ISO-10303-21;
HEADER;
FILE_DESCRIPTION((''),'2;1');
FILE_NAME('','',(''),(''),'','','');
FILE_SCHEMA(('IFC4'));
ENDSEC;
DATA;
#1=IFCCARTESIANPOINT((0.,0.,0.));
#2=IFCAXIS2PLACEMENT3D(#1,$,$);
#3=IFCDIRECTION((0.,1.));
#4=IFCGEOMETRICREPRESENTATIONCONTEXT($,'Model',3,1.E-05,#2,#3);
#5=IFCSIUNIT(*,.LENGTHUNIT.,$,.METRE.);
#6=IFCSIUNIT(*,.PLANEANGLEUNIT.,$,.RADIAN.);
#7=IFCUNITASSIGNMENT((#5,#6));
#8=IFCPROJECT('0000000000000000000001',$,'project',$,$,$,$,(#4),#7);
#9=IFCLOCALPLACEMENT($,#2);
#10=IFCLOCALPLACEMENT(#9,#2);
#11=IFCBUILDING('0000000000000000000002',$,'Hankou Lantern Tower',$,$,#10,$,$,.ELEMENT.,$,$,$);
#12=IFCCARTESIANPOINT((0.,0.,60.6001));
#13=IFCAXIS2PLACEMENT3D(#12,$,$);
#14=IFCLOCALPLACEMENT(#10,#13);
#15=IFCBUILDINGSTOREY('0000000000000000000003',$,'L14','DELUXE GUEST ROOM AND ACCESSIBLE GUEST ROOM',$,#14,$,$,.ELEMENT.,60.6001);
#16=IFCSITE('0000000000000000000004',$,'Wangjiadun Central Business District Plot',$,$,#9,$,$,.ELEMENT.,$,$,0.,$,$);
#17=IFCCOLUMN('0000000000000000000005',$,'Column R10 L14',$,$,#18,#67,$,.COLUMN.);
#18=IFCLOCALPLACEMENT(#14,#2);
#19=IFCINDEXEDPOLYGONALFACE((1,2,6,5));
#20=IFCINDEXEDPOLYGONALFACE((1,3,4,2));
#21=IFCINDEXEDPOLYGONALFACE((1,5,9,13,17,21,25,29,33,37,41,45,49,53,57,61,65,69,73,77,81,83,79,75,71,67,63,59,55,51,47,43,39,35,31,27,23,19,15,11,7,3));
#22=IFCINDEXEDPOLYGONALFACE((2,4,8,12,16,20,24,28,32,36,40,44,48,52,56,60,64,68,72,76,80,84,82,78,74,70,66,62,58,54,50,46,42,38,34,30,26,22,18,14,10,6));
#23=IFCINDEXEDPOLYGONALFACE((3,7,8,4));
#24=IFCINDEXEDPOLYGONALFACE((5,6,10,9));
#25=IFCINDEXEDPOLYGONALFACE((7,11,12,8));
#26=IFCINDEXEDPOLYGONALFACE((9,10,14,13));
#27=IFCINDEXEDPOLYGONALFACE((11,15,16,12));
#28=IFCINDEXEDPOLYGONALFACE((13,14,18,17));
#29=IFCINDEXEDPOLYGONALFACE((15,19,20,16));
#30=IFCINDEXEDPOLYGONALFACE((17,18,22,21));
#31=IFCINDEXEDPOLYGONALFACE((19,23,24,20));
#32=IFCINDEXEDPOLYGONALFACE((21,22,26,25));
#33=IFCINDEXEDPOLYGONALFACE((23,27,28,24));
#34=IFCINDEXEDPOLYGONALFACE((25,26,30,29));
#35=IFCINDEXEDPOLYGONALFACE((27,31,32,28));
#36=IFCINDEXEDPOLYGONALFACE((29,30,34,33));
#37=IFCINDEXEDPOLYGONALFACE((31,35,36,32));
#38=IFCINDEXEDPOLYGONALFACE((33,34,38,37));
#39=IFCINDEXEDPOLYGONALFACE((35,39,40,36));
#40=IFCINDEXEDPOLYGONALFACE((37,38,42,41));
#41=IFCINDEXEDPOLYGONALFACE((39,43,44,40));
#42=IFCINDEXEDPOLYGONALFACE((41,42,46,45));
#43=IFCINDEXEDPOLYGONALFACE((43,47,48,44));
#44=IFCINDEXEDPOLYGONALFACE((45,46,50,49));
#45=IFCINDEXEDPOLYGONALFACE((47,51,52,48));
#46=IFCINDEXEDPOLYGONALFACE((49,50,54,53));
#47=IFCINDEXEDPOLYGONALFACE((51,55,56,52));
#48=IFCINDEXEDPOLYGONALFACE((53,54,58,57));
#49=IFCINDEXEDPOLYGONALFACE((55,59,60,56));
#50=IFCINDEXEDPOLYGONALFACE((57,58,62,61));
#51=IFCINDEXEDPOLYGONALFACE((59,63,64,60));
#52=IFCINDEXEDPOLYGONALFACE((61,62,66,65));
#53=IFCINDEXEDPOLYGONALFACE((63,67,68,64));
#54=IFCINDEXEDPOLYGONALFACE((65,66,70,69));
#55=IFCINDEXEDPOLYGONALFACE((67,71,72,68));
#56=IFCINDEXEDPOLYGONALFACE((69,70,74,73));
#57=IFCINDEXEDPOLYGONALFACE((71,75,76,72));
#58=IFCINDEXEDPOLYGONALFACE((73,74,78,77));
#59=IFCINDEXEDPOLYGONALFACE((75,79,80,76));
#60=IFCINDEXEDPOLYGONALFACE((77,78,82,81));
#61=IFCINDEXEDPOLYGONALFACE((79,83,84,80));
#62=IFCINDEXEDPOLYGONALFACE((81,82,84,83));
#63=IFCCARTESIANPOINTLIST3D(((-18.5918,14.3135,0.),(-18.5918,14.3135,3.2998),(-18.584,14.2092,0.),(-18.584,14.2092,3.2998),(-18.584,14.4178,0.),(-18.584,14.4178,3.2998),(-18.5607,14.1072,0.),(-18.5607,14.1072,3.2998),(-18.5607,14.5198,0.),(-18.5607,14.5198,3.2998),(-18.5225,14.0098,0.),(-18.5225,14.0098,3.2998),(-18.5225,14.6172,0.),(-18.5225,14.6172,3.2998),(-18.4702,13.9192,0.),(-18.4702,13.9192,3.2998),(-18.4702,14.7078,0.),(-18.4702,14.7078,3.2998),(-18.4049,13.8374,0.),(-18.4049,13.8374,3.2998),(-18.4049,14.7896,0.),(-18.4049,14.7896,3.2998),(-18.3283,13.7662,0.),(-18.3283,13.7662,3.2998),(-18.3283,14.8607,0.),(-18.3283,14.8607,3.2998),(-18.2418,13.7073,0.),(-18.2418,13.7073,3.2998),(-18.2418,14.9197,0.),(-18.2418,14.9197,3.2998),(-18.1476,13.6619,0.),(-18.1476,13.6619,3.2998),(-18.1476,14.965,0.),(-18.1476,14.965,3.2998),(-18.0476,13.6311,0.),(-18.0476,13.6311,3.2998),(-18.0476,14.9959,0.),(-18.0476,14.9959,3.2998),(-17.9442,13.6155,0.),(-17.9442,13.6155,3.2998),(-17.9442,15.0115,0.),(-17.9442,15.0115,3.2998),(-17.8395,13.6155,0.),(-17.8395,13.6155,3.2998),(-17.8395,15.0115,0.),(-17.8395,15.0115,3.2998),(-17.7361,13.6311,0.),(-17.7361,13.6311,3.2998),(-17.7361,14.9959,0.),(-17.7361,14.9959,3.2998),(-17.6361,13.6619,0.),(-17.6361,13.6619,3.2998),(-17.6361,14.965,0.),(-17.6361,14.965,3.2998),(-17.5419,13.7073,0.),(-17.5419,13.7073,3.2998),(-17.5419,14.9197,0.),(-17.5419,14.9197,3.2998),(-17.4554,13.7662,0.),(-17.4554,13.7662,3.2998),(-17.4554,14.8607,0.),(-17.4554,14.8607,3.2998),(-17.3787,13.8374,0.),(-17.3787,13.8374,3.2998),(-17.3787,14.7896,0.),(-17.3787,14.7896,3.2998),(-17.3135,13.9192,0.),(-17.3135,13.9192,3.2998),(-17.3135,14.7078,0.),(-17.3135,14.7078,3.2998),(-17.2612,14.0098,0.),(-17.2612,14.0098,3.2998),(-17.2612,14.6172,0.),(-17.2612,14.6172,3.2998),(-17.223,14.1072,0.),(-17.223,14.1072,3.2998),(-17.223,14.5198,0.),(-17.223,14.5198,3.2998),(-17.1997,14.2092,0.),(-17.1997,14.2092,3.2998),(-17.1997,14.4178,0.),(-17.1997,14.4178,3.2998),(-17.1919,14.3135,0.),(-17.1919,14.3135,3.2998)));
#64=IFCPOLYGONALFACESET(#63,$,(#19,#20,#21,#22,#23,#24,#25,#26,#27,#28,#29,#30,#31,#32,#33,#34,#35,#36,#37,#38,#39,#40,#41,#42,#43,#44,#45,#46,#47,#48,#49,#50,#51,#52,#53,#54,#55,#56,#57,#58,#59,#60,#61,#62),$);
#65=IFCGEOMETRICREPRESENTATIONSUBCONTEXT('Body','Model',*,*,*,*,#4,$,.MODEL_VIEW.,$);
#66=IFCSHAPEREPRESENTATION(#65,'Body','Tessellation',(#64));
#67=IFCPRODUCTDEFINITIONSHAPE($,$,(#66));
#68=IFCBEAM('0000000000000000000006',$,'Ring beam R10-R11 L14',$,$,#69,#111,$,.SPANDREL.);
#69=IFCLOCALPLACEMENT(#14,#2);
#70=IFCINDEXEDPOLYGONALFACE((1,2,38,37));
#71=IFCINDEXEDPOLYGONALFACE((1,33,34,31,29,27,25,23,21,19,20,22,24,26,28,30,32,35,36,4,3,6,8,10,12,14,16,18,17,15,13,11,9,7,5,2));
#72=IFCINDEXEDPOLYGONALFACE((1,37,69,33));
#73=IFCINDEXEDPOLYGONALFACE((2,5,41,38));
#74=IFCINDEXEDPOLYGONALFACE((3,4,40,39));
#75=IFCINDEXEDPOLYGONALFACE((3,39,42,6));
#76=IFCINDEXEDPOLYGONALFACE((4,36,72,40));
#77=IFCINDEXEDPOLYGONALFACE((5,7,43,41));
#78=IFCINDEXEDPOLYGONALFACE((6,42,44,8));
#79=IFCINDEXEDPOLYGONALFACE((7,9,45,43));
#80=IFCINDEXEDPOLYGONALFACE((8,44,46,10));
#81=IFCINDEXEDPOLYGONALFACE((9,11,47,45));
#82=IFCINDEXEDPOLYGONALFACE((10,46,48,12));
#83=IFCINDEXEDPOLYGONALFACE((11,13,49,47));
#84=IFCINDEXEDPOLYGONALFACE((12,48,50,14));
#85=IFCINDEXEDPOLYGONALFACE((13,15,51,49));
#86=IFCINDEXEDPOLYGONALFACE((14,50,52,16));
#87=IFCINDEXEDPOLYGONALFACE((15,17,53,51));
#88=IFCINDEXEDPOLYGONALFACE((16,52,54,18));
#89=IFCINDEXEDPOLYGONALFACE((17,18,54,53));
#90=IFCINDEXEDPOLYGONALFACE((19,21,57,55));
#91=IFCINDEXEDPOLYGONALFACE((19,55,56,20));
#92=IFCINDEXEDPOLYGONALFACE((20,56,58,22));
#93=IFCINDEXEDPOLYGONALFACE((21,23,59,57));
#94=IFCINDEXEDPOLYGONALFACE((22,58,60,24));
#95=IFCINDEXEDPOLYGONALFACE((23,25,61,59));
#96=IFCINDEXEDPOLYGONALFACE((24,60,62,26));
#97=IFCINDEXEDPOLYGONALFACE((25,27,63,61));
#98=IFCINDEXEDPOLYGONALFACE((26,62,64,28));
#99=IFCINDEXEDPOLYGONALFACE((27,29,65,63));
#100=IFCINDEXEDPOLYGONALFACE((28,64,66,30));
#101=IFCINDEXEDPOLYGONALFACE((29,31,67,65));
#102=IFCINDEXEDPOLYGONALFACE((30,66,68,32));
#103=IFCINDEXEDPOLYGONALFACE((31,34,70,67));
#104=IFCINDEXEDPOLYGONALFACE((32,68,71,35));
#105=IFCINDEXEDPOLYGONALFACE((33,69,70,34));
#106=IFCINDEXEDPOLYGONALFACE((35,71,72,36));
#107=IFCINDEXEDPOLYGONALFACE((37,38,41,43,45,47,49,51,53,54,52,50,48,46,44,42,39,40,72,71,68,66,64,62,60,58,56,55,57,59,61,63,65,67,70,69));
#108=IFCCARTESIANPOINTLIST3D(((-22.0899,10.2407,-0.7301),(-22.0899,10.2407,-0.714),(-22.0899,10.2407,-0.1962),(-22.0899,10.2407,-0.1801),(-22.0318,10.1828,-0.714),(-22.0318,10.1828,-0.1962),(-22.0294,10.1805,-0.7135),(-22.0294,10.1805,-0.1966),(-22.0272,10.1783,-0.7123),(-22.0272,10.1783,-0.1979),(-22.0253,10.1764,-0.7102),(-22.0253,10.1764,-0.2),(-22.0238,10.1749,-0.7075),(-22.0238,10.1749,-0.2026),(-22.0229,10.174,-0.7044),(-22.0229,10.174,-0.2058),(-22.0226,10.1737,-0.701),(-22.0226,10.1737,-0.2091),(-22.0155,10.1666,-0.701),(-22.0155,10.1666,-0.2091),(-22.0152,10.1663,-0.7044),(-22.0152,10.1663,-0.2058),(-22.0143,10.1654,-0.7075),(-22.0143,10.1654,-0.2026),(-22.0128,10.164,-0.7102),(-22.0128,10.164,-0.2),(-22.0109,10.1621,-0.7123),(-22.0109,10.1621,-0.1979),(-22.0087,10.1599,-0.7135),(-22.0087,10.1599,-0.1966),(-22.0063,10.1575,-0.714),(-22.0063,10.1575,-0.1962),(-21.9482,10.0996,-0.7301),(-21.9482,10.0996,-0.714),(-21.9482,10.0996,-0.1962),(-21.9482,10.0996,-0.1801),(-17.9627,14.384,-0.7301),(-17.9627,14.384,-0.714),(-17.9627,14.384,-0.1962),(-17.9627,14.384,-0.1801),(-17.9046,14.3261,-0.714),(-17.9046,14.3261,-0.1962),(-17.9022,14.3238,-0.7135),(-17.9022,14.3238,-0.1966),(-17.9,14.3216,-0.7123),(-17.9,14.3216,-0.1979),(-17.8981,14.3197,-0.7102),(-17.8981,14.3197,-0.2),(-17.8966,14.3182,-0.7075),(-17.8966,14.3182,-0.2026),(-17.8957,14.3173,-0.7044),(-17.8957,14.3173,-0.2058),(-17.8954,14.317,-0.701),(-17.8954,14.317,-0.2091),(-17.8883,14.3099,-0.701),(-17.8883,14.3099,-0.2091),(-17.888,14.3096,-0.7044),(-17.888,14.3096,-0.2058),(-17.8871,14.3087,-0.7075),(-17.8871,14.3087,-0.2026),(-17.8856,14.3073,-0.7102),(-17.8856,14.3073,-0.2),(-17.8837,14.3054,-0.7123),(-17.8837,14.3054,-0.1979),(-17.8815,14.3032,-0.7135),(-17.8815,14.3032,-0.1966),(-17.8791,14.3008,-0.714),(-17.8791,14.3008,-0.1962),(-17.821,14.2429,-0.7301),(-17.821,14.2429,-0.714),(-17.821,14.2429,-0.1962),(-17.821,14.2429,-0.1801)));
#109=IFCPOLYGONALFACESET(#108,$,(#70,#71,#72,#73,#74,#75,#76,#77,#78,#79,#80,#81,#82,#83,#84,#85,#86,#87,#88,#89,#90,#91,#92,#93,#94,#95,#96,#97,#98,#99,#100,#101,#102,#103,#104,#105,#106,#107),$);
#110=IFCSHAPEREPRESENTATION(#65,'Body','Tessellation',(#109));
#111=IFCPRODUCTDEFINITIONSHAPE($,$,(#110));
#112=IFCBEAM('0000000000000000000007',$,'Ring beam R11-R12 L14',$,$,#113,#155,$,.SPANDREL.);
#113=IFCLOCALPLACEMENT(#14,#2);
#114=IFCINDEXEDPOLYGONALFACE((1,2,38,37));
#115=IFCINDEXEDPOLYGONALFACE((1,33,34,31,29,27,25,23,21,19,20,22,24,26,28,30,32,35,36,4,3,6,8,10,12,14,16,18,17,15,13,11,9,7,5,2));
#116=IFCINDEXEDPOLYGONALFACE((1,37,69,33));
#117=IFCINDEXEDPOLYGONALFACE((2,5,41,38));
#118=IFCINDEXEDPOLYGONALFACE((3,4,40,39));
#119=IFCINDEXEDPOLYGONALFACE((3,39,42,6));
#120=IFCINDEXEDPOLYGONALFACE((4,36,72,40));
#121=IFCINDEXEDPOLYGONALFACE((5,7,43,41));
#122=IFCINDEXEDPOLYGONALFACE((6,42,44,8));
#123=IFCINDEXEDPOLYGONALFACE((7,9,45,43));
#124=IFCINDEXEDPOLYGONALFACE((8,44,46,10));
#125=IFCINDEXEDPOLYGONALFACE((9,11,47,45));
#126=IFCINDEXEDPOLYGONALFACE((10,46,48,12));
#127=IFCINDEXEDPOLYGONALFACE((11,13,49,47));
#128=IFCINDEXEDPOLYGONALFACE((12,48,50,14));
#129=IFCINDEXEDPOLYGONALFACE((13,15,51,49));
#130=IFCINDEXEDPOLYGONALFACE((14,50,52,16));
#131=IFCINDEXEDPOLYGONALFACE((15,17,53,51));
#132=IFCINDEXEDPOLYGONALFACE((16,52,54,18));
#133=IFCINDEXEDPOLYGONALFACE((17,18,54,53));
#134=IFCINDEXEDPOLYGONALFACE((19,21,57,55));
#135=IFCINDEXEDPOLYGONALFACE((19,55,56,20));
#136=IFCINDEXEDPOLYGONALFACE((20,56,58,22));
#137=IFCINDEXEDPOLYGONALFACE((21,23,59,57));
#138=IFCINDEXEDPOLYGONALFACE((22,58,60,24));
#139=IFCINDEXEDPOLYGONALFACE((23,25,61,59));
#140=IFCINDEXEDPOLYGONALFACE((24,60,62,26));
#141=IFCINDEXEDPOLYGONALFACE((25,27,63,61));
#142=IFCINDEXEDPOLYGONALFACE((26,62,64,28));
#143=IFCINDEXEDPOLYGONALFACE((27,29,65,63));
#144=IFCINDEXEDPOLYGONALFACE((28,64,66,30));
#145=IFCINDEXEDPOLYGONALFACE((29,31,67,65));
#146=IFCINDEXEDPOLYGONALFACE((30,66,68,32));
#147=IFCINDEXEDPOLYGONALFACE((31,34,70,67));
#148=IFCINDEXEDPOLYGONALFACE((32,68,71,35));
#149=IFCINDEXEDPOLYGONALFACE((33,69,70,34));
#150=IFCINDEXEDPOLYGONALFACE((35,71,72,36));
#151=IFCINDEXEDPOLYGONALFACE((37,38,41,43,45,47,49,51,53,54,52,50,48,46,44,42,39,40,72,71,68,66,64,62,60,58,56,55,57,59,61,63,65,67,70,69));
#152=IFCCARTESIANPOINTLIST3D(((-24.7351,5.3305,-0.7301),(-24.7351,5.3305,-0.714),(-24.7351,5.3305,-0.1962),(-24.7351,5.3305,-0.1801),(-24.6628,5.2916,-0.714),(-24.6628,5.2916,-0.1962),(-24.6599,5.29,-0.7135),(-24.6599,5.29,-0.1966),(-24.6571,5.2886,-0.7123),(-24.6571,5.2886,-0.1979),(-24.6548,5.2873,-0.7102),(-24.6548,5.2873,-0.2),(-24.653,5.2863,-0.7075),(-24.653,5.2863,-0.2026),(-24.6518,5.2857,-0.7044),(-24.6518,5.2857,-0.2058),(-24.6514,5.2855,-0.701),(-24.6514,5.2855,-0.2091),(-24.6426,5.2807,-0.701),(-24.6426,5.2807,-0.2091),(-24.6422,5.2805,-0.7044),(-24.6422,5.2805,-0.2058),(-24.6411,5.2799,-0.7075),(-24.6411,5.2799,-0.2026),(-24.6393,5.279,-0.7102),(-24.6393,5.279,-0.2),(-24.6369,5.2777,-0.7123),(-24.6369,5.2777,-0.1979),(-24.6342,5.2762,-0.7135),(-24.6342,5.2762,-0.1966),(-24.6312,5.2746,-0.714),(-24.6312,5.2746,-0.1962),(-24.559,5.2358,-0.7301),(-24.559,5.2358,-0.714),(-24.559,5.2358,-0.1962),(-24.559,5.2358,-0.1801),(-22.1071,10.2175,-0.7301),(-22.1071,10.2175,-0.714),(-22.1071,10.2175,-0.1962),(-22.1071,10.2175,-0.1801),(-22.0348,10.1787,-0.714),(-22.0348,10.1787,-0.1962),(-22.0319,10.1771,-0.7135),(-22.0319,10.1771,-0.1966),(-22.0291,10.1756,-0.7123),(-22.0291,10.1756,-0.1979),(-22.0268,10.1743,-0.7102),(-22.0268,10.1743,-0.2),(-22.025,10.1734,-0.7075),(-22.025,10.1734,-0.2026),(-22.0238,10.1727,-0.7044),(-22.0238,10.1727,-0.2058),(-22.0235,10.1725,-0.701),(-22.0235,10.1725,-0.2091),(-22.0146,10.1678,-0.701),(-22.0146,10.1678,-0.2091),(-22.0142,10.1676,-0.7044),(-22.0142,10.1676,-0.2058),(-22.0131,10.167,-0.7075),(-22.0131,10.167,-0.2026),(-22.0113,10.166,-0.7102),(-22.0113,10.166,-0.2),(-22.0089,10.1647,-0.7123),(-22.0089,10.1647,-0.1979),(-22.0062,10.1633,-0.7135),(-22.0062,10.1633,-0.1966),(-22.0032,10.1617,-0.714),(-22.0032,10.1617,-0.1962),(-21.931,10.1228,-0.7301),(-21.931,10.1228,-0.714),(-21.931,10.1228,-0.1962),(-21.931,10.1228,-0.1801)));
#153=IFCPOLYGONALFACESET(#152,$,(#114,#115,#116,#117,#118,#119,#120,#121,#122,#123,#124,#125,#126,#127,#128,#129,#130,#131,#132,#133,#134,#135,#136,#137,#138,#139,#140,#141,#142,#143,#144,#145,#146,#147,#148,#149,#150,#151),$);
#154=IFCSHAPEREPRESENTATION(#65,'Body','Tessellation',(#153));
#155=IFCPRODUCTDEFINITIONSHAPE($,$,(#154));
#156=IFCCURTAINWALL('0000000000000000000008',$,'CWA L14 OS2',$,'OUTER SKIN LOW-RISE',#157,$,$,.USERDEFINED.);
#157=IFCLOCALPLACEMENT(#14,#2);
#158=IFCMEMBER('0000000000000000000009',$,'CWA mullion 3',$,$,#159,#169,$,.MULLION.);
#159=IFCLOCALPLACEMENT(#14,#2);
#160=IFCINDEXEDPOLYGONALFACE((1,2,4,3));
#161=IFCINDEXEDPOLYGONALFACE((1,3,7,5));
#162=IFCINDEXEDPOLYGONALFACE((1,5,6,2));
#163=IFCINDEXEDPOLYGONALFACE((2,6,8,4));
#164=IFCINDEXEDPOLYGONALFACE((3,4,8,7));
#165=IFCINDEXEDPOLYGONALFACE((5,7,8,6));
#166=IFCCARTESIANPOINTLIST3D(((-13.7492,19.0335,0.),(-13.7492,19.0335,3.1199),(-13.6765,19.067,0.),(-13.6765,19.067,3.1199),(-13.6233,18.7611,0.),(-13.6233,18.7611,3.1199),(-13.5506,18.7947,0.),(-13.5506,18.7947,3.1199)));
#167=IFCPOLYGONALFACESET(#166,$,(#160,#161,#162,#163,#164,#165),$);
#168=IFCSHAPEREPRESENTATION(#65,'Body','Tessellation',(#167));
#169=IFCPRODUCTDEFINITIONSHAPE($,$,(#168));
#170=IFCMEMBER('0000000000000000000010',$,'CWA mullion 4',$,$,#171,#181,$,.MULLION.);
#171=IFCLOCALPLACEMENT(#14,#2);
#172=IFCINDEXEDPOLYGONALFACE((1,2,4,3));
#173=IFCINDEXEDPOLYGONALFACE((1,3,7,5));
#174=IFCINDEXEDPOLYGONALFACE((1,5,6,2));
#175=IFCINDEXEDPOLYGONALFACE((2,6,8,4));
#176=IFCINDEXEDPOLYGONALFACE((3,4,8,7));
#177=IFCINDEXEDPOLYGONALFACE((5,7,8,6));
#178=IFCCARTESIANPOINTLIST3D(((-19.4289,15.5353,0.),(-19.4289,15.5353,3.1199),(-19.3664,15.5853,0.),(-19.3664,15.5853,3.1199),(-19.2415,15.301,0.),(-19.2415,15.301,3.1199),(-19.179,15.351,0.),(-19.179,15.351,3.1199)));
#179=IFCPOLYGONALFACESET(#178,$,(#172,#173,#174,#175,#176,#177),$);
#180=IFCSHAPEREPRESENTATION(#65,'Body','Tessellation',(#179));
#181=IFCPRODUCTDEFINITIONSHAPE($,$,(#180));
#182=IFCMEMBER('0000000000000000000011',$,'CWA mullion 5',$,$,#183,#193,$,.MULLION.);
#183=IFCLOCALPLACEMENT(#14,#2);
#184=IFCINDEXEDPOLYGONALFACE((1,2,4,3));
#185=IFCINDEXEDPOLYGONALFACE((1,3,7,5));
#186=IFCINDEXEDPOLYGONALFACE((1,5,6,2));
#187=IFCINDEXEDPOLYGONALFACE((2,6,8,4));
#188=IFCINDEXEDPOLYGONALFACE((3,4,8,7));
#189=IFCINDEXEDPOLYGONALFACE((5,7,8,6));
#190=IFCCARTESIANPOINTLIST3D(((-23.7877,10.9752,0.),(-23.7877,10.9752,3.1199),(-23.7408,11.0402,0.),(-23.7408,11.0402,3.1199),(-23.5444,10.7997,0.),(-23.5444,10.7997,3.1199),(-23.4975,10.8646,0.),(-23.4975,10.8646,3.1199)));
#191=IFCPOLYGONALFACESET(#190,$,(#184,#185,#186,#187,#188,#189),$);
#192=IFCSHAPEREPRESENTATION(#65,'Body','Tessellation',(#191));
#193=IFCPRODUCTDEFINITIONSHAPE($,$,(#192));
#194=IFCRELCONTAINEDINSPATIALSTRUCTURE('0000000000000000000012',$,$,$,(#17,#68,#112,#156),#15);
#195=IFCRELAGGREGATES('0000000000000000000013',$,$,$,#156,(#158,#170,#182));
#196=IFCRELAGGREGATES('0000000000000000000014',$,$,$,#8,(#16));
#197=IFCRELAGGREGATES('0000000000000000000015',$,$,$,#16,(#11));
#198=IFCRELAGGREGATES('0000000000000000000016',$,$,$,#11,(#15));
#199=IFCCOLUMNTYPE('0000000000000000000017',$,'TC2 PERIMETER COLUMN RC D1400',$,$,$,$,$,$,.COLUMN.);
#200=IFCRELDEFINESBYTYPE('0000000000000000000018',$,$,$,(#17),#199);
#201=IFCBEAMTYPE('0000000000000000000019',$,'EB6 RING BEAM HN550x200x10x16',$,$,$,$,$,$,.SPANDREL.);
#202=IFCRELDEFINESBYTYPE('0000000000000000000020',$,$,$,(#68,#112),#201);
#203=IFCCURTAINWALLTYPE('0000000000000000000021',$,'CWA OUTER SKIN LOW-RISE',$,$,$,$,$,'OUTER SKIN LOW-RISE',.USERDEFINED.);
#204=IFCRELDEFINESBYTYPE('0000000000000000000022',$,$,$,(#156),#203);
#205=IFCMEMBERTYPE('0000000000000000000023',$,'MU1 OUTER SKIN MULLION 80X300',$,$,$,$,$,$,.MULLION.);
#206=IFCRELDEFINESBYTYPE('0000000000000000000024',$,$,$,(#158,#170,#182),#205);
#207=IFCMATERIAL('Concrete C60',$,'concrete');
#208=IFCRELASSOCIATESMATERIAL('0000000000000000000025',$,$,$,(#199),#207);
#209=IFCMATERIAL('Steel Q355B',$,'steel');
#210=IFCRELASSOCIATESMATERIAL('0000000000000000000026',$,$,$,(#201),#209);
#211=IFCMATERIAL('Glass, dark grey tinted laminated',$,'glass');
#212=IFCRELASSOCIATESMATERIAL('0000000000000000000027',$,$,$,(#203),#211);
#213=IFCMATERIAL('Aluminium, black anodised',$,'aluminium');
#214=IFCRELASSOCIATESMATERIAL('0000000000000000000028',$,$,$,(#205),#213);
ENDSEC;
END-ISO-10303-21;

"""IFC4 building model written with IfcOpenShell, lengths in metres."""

from ifc_helpers import new_model, si_unit, direction, frame, origin, origin_2d, place, context, subcontext, project, spatial, rectangle, circle, i_section, extrude, material, material_profile, profile_set, type_object, element, aggregate, save


model = new_model("IFC4")

# Units and contexts
model_context = context("Model", 3, precision=1e-05, world=origin(), true_north=direction((0.0, 1.0)))
body_context = subcontext(model_context, "Body", "Model", "MODEL_VIEW")
ifc_project = project(units=[si_unit("LENGTHUNIT", "METRE"), si_unit("PLANEANGLEUNIT", "RADIAN")], contexts=[model_context])

# Site, building, storey
site_placement = place(None, origin())
site = spatial("IfcSite", under=ifc_project, at=site_placement, Name="Wangjiadun Central Business District Plot", CompositionType="ELEMENT", RefElevation=0.0)
building_placement = place(site_placement, origin())
building = spatial("IfcBuilding", under=site, at=building_placement, Name="Hankou Lantern Tower", CompositionType="ELEMENT")
storey_placement = place(building_placement, frame((0.0, 0.0, 60.6001)))
storey = spatial("IfcBuildingStorey", under=building, at=storey_placement, Name="L14", Description="DELUXE GUEST ROOM AND ACCESSIBLE GUEST ROOM", CompositionType="ELEMENT", Elevation=60.6001)

# Column
ifc_material_1 = material(Name="Concrete C60", Category="concrete")
ifc_material_profile_1 = material_profile(ifc_material_1, circle(Radius=0.7, at=origin_2d()), Name="RC D1400")
ifc_profile_set_1 = profile_set([ifc_material_profile_1], Name="Concrete C60")
column_type = type_object("IfcColumnType", Name="TC2 PERIMETER COLUMN RC D1400", PredefinedType="COLUMN", material=ifc_profile_set_1)
column_placement = place(storey_placement, frame((-17.8918, 14.3135, 0.0), z_axis=(0.0, 0.0, 1.0), x_axis=(1.0, 0.0, 0.0)))
element("IfcColumn", 1, at=column_placement, inside=storey, type_object=column_type, Name="Column R10 L14", PredefinedType="COLUMN", context=body_context, shape_type="SweptSolid", body=[
    extrude(circle(Radius=0.7, at=origin_2d()), origin(), (0.0, 0.0, 1.0), 3.2998),
])

# Beams
ifc_material_2 = material(Name="Steel Q355B", Category="steel")
ifc_material_profile_2 = material_profile(ifc_material_2, i_section(OverallWidth=0.2, OverallDepth=0.55, WebThickness=0.01, FlangeThickness=0.0161, FilletRadius=0.0129, at=origin_2d()), Name="HN550x200x10x16")
ifc_profile_set_2 = profile_set([ifc_material_profile_2], Name="Steel Q355B")
beam_type_1 = type_object("IfcBeamType", Name="EB6 RING BEAM HN550x200x10x16", PredefinedType="SPANDREL", material=ifc_profile_set_2)
beam_1_placement = place(storey_placement, frame((-17.8918, 14.3135, -0.4551), z_axis=(-0.705728, -0.708483, 0.0), x_axis=(0.708483, -0.705728, 0.0)))
element("IfcBeam", 2, at=beam_1_placement, inside=storey, type_object=beam_type_1, Name="Ring beam R10-R11 L14", PredefinedType="SPANDREL", context=body_context, shape_type="SweptSolid", body=[
    extrude(i_section(OverallWidth=0.2, OverallDepth=0.55, WebThickness=0.01, FlangeThickness=0.0161, FilletRadius=0.0129, at=origin_2d()), origin(), (0.0, 0.0, 1.0), 5.8481),
])
beam_2_placement = place(storey_placement, frame((-22.019, 10.1702, -0.4551), z_axis=(-0.473609, -0.880735, 0.0), x_axis=(0.880735, -0.473609, 0.0)))
element("IfcBeam", 3, at=beam_2_placement, inside=storey, type_object=beam_type_1, Name="Ring beam R11-R12 L14", PredefinedType="SPANDREL", context=body_context, shape_type="SweptSolid", body=[
    extrude(i_section(OverallWidth=0.2, OverallDepth=0.55, WebThickness=0.01, FlangeThickness=0.0161, FilletRadius=0.0129, at=origin_2d()), origin(), (0.0, 0.0, 1.0), 5.5488),
])

# Curtain wall, members
ifc_material_3 = material(Name="Glass, dark grey tinted laminated", Category="glass")
curtain_wall_type = type_object("IfcCurtainWallType", Name="CWA OUTER SKIN LOW-RISE", ElementType="OUTER SKIN LOW-RISE", PredefinedType="USERDEFINED", material=ifc_material_3)
curtain_wall_placement = place(storey_placement, origin())
curtain_wall = element("IfcCurtainWall", 4, at=curtain_wall_placement, inside=storey, type_object=curtain_wall_type, Name="CWA L14 OS2", ObjectType="OUTER SKIN LOW-RISE", PredefinedType="USERDEFINED")
ifc_material_4 = material(Name="Aluminium, black anodised", Category="aluminium")
ifc_material_profile_3 = material_profile(ifc_material_4, rectangle(XDim=0.0801, YDim=0.3, at=origin_2d()), Name="MU1 80X300")
ifc_profile_set_3 = profile_set([ifc_material_profile_3], Name="Aluminium, black anodised")
member_type_1 = type_object("IfcMemberType", Name="MU1 OUTER SKIN MULLION 80X300", PredefinedType="MULLION", material=ifc_profile_set_3)
member_1_placement = place(storey_placement, frame((-13.6499, 18.9141, 0.0), z_axis=(0.0, 0.0, 1.0), x_axis=(-0.907841, -0.419314, 0.0)))
member_1 = element("IfcMember", 5, at=member_1_placement, type_object=member_type_1, Name="CWA mullion 3", PredefinedType="MULLION", context=body_context, shape_type="SweptSolid", body=[
    extrude(rectangle(XDim=0.0801, YDim=0.3, at=origin_2d()), origin(), (0.0, 0.0, 1.0), 3.1199),
])
member_2_placement = place(storey_placement, frame((-19.304, 15.4431, 0.0), z_axis=(0.0, 0.0, 1.0), x_axis=(-0.780869, -0.624695, 0.0)))
member_2 = element("IfcMember", 6, at=member_2_placement, type_object=member_type_1, Name="CWA mullion 4", PredefinedType="MULLION", context=body_context, shape_type="SweptSolid", body=[
    extrude(rectangle(XDim=0.0801, YDim=0.3, at=origin_2d()), origin(), (0.0, 0.0, 1.0), 3.1199),
])
member_3_placement = place(storey_placement, frame((-23.6426, 10.9199, 0.0), z_axis=(0.0, 0.0, 1.0), x_axis=(-0.585206, -0.810885, 0.0)))
member_3 = element("IfcMember", 7, at=member_3_placement, type_object=member_type_1, Name="CWA mullion 5", PredefinedType="MULLION", context=body_context, shape_type="SweptSolid", body=[
    extrude(rectangle(XDim=0.0801, YDim=0.3, at=origin_2d()), origin(), (0.0, 0.0, 1.0), 3.1199),
])

aggregate(curtain_wall, [member_1, member_2, member_3])

save(model, "model.ifc")
